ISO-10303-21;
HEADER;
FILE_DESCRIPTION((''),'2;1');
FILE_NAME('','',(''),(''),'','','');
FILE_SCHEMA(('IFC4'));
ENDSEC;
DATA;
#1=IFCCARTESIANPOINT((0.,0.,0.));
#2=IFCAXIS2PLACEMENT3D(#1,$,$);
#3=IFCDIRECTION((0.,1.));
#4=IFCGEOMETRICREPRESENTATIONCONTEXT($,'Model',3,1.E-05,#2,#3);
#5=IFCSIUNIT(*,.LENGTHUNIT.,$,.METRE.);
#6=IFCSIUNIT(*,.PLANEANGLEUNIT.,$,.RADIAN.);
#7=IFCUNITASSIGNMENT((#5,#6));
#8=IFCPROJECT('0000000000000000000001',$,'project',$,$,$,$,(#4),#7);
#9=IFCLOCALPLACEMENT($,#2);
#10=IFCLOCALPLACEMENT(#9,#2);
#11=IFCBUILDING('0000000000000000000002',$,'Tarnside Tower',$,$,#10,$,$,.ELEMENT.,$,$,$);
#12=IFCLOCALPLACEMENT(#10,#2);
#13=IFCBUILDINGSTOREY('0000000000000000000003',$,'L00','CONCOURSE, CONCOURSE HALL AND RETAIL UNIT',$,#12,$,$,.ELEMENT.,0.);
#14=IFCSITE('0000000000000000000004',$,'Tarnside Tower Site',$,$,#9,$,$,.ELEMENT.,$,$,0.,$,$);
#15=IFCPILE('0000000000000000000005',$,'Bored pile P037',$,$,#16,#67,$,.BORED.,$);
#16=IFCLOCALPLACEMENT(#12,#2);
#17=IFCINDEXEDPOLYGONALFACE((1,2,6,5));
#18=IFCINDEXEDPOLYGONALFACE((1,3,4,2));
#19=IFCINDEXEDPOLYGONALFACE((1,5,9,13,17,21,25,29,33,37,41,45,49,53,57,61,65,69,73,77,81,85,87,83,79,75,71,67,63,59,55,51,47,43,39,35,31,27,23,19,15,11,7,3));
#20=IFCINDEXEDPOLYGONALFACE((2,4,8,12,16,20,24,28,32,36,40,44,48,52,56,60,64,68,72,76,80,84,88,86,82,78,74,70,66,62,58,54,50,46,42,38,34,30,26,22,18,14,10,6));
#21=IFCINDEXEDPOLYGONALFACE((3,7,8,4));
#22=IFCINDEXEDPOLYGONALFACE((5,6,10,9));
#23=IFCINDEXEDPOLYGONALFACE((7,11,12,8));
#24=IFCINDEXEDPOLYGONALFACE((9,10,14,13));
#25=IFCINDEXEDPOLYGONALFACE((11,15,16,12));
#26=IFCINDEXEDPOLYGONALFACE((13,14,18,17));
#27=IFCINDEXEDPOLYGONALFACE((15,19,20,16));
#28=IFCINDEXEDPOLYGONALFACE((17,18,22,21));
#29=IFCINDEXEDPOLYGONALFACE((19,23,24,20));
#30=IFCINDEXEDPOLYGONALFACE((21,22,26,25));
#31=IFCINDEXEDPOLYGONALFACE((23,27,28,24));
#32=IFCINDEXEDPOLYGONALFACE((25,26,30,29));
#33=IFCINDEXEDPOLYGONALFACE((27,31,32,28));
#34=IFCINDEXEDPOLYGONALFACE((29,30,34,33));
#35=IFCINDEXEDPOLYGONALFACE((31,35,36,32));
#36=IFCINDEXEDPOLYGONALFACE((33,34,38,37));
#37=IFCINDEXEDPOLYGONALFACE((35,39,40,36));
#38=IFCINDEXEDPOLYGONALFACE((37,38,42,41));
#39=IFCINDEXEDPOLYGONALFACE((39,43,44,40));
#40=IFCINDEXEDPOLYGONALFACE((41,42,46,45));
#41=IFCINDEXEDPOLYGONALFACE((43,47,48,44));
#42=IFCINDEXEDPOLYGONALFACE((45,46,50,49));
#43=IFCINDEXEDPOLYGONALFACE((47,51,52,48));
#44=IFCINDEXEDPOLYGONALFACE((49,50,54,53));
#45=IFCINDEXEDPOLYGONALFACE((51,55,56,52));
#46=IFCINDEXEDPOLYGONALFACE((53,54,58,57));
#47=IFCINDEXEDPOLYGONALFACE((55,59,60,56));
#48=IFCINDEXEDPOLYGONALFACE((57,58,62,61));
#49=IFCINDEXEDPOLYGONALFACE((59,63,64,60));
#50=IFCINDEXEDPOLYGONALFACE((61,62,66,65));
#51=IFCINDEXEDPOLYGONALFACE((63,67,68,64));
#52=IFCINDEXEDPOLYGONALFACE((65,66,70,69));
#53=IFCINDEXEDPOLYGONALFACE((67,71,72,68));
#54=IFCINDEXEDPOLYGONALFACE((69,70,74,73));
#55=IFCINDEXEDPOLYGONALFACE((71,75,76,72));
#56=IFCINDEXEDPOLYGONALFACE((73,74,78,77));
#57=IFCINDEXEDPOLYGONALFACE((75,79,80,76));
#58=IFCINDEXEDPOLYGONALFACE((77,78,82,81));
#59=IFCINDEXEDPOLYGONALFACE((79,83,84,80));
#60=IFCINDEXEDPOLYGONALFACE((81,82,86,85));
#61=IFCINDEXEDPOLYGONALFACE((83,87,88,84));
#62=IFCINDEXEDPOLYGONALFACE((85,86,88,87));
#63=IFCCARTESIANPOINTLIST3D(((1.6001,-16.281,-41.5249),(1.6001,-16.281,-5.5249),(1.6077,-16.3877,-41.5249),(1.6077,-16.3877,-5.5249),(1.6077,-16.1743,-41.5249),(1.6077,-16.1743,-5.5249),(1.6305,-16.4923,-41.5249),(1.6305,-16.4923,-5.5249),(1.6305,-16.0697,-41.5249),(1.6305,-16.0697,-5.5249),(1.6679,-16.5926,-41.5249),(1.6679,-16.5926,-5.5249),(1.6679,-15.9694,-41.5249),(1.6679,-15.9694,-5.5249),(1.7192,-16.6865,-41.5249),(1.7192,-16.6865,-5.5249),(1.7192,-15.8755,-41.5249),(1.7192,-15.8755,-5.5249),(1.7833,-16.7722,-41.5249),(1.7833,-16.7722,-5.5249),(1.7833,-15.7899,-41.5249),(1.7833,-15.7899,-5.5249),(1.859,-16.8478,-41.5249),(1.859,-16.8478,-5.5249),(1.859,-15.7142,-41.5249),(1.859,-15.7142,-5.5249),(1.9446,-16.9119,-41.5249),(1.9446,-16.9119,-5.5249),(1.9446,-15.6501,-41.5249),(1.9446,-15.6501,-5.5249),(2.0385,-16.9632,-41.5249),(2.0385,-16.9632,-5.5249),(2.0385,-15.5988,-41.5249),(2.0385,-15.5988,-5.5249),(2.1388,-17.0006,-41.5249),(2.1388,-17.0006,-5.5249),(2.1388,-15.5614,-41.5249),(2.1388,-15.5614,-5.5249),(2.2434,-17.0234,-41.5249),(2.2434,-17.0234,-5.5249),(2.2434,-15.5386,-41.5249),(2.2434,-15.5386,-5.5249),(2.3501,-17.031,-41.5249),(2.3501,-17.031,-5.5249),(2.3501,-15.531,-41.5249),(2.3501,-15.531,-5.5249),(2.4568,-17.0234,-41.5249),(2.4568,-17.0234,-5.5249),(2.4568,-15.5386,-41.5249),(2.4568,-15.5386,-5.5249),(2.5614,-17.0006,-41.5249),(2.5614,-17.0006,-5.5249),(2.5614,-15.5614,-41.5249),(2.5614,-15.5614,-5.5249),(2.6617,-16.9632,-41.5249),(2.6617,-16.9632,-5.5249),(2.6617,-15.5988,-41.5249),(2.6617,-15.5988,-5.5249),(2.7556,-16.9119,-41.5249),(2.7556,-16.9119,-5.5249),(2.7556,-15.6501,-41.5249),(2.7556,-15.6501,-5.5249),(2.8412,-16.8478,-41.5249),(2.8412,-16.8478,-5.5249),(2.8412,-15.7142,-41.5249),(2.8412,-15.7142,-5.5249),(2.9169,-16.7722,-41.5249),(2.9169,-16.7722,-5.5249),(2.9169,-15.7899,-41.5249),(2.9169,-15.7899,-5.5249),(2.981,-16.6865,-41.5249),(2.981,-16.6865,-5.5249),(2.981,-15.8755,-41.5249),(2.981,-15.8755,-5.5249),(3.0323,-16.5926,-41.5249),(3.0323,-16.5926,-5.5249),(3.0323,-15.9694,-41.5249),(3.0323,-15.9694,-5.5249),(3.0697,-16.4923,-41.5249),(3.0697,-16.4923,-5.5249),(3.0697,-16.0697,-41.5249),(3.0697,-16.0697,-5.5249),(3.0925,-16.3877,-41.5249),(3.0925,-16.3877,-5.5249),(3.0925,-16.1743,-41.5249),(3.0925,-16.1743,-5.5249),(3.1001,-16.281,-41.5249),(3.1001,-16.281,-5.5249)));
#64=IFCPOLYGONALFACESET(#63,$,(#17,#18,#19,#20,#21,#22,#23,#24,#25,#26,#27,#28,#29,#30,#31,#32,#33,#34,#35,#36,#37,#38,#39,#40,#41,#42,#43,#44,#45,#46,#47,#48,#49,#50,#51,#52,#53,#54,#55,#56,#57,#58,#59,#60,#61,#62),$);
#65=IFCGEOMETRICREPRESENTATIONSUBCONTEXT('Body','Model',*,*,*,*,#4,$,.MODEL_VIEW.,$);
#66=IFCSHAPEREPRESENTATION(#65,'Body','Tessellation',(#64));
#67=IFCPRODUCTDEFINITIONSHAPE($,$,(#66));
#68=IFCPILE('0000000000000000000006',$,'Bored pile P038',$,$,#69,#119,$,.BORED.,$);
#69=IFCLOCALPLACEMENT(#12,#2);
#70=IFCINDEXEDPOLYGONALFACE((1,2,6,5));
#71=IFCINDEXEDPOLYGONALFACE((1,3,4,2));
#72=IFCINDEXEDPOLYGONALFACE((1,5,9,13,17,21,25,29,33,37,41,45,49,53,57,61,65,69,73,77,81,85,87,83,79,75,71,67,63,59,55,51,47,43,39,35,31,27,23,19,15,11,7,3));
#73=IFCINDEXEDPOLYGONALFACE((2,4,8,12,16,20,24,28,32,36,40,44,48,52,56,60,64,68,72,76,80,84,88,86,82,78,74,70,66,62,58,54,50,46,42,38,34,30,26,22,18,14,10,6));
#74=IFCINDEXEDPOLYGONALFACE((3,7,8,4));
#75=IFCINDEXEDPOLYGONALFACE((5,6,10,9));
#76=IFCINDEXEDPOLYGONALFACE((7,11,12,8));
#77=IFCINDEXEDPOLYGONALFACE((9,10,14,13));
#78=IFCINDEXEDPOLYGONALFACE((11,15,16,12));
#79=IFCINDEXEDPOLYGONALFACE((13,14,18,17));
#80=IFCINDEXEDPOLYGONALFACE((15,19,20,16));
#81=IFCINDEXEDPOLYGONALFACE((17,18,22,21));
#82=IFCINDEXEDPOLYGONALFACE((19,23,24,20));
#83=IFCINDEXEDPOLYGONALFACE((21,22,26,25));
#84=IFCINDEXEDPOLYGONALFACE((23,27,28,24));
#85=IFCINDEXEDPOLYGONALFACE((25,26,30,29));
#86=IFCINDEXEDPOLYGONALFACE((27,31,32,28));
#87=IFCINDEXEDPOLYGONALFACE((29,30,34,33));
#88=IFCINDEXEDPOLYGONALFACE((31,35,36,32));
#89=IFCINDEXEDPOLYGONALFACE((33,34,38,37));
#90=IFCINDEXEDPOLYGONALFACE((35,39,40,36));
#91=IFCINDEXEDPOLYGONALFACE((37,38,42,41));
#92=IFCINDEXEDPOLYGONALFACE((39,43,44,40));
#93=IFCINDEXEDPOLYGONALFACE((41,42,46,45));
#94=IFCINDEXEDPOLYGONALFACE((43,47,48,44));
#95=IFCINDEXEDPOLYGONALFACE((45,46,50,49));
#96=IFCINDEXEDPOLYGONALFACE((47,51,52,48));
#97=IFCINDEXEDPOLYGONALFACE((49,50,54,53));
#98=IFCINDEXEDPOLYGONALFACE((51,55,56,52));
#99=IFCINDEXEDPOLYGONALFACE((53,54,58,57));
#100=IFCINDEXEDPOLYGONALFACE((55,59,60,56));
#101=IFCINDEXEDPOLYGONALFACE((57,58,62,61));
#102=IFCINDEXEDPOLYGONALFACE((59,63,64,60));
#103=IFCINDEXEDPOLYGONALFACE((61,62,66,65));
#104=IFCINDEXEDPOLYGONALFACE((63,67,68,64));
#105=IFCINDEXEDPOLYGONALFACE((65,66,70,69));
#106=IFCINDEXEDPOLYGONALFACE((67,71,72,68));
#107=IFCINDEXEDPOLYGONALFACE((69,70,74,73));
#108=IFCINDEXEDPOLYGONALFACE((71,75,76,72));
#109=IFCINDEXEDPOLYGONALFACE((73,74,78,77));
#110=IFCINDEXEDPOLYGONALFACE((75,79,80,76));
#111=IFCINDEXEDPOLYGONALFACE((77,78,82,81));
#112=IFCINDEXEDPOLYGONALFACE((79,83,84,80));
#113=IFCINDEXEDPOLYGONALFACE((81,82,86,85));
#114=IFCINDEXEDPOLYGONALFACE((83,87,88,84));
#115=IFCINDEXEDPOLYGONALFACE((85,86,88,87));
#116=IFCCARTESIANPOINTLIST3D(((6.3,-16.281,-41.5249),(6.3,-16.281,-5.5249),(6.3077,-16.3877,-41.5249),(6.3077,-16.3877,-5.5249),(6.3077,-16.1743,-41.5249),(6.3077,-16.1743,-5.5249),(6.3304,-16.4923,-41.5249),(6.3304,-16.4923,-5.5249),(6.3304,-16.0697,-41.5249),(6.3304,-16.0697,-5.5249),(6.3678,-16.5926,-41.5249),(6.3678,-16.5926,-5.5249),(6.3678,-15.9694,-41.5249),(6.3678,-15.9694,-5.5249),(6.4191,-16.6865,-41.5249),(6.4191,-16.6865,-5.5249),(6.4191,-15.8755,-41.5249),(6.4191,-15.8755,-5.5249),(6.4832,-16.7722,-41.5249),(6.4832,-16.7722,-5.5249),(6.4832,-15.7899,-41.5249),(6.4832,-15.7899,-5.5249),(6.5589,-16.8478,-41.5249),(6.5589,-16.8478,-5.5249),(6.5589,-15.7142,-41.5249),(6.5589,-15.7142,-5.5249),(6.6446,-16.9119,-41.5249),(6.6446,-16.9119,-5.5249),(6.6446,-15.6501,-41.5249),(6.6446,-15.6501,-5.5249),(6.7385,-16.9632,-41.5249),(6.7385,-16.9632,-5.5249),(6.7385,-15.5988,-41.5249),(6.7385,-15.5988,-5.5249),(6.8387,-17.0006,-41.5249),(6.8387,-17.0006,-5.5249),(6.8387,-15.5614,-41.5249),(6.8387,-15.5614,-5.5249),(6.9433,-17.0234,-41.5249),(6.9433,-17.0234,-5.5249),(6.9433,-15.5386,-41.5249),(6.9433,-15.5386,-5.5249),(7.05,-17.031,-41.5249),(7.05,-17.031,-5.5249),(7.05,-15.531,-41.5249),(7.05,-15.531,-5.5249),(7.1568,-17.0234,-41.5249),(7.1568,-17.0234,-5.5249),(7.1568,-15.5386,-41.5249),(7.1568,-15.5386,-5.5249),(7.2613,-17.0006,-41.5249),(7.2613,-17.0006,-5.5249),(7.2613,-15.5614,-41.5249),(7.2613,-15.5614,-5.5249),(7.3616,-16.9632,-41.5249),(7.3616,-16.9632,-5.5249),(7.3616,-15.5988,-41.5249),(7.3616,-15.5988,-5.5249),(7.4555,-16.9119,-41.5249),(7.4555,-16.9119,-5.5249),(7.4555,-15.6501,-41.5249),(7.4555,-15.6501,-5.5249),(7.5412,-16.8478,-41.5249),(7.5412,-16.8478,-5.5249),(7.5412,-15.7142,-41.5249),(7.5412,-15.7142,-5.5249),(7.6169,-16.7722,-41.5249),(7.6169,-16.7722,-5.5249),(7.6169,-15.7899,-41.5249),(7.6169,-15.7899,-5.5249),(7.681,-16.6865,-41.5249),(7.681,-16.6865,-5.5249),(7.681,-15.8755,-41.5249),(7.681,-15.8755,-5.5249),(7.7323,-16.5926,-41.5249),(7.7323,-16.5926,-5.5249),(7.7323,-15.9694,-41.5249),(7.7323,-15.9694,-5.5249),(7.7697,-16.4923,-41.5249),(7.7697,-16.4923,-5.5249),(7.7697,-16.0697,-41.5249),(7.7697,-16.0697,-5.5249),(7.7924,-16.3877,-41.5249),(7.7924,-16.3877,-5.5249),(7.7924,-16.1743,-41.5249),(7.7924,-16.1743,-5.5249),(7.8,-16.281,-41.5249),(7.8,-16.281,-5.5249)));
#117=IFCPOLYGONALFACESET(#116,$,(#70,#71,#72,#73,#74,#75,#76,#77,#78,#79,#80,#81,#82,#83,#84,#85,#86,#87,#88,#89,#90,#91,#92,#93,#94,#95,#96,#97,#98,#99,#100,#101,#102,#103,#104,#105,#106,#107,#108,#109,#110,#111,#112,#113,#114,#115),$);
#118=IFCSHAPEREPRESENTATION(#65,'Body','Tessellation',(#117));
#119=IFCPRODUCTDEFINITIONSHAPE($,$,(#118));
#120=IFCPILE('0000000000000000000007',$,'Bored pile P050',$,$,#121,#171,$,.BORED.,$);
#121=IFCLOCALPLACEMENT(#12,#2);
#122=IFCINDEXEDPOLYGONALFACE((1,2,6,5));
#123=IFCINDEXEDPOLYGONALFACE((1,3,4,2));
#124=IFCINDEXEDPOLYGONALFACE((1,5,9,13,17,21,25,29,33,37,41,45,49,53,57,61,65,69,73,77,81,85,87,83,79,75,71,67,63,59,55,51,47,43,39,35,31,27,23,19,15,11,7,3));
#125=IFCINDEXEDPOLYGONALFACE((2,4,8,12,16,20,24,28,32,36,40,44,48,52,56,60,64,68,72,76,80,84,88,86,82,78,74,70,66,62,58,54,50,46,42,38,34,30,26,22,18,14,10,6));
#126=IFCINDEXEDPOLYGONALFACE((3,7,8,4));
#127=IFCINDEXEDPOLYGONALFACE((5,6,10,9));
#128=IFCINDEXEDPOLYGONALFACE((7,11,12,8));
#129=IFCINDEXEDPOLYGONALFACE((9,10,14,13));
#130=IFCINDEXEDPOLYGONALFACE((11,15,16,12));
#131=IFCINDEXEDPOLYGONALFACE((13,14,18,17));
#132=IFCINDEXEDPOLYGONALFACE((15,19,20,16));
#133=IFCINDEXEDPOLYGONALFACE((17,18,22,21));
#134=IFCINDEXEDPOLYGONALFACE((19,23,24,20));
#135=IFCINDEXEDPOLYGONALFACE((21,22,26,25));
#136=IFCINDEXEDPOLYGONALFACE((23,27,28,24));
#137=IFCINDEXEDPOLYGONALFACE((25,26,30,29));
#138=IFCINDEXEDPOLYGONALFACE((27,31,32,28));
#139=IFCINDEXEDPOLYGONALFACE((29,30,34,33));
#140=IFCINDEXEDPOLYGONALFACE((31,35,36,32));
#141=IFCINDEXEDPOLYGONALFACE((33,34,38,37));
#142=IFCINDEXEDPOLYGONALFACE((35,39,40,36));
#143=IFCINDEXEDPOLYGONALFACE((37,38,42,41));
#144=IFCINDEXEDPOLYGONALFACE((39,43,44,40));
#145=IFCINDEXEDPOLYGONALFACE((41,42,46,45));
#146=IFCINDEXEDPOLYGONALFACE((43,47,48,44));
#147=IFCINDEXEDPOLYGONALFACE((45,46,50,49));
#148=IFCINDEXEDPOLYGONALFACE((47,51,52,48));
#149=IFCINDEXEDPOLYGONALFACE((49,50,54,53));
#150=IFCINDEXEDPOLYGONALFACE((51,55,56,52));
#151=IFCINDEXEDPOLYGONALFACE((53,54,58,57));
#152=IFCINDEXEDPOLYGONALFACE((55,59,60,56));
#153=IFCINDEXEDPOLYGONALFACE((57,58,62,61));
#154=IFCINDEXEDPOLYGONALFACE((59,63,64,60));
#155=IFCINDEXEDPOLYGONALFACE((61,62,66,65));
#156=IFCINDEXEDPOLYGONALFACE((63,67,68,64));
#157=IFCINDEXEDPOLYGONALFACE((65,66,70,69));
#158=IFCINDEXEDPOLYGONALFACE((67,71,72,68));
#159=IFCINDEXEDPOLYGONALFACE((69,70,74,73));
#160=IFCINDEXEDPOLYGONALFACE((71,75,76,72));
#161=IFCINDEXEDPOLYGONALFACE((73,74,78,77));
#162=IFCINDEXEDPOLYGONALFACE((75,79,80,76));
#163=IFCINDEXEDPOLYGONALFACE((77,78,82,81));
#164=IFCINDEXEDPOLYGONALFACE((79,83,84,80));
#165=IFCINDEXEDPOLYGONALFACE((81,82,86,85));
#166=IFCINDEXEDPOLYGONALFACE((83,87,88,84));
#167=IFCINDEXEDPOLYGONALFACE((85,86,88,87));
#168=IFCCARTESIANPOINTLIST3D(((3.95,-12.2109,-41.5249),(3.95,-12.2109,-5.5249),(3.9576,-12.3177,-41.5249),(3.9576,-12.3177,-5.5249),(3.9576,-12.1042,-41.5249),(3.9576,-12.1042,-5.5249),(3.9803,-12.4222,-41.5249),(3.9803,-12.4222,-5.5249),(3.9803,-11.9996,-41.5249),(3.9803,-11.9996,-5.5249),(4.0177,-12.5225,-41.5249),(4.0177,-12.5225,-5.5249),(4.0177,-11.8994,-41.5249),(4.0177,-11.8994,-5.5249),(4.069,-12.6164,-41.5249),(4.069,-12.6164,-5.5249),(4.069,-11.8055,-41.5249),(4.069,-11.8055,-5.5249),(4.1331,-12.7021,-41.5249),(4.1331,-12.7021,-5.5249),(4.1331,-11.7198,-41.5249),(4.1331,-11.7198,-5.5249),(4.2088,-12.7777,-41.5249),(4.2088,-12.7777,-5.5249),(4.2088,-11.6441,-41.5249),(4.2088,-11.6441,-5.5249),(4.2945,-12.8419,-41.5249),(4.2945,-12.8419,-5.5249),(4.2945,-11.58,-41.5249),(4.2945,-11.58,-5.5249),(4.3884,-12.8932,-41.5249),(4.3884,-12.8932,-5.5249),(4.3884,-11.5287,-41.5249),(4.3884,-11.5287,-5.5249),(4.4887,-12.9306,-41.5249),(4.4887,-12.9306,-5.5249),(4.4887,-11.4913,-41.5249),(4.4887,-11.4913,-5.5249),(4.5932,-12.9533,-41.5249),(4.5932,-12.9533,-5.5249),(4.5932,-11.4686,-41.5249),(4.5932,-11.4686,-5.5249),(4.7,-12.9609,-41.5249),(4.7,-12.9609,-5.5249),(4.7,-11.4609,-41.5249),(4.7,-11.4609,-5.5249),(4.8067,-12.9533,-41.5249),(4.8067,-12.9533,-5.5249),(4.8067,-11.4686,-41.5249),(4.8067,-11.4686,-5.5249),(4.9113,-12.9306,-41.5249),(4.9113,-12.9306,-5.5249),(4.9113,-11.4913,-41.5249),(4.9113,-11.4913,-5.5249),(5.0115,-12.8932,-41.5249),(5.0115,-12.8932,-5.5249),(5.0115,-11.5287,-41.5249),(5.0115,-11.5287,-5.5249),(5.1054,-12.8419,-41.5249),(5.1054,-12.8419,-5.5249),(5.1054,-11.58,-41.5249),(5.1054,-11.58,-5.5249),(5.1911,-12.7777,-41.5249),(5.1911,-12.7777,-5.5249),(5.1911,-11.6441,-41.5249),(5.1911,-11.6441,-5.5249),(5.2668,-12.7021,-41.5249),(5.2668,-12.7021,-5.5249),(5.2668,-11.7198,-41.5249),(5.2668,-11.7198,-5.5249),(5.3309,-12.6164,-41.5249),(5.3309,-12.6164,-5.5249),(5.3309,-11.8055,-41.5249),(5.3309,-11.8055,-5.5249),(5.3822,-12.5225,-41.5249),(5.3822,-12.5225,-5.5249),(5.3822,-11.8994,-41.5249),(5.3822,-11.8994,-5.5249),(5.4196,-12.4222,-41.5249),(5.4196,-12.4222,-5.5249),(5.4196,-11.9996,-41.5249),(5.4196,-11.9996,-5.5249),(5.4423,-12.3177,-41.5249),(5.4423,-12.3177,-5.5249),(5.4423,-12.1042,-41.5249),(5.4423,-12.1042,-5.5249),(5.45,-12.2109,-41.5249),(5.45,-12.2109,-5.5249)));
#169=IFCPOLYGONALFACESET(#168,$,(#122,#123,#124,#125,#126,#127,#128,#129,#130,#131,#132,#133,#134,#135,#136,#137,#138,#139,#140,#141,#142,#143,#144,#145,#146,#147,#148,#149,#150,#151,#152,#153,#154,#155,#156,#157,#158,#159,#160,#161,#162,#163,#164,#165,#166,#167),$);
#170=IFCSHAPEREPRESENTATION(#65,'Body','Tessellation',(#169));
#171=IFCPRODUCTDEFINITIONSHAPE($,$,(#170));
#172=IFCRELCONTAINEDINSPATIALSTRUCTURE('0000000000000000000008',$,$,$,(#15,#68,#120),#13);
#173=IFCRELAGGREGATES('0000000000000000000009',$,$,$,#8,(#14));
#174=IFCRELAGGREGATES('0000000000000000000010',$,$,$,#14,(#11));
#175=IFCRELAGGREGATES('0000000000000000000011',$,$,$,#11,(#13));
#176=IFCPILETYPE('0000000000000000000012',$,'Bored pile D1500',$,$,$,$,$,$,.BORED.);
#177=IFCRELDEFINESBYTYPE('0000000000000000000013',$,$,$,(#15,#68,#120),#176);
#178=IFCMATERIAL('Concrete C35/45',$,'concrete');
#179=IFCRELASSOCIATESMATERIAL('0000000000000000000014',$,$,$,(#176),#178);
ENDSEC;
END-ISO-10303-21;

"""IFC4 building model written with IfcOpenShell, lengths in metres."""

from ifc_helpers import new_model, si_unit, direction, frame, origin, origin_2d, place, context, subcontext, project, spatial, circle, extrude, material, material_profile, profile_set, type_object, element, save


model = new_model("IFC4")

# Units and contexts
model_context = context("Model", 3, precision=1e-05, world=origin(), true_north=direction((0.0, 1.0)))
body_context = subcontext(model_context, "Body", "Model", "MODEL_VIEW")
ifc_project = project(units=[si_unit("LENGTHUNIT", "METRE"), si_unit("PLANEANGLEUNIT", "RADIAN")], contexts=[model_context])

# Site, building, storey
site_placement = place(None, origin())
site = spatial("IfcSite", under=ifc_project, at=site_placement, Name="Tarnside Tower Site", CompositionType="ELEMENT", RefElevation=0.0)
building_placement = place(site_placement, origin())
building = spatial("IfcBuilding", under=site, at=building_placement, Name="Tarnside Tower", CompositionType="ELEMENT")
storey_placement = place(building_placement, origin())
storey = spatial("IfcBuildingStorey", under=building, at=storey_placement, Name="L00", Description="CONCOURSE, CONCOURSE HALL AND RETAIL UNIT", CompositionType="ELEMENT", Elevation=0.0)

# Piles
ifc_material_1 = material(Name="Concrete C35/45", Category="concrete")
ifc_material_profile_1 = material_profile(ifc_material_1, circle(Radius=0.75, at=origin_2d()), Name="Bored pile D1500")
ifc_profile_set_1 = profile_set([ifc_material_profile_1], Name="Concrete C35/45")
pile_type = type_object("IfcPileType", Name="Bored pile D1500", PredefinedType="BORED", material=ifc_profile_set_1)
for number, where, z_axis, x_axis, name in (
    (1, (2.3501, -16.281, -5.5249), (0.0, 0.0, -1.0), (1.0, 0.0, 0.0), "Bored pile P037"),
    (2, (7.05, -16.281, -5.5249), (0.0, 0.0, -1.0), (1.0, 0.0, 0.0), "Bored pile P038"),
    (3, (4.7, -12.2109, -5.5249), (0.0, 0.0, -1.0), (1.0, 0.0, 0.0), "Bored pile P050"),
):
    element("IfcPile", number, at=place(storey_placement, frame(where, z_axis=z_axis, x_axis=x_axis)), inside=storey, type_object=pile_type, Name=name, PredefinedType="BORED", context=body_context, shape_type="SweptSolid", body=[
        extrude(circle(Radius=0.75, at=origin_2d()), origin(), (0.0, 0.0, 1.0), 36.0),
    ])

save(model, "model.ifc")
